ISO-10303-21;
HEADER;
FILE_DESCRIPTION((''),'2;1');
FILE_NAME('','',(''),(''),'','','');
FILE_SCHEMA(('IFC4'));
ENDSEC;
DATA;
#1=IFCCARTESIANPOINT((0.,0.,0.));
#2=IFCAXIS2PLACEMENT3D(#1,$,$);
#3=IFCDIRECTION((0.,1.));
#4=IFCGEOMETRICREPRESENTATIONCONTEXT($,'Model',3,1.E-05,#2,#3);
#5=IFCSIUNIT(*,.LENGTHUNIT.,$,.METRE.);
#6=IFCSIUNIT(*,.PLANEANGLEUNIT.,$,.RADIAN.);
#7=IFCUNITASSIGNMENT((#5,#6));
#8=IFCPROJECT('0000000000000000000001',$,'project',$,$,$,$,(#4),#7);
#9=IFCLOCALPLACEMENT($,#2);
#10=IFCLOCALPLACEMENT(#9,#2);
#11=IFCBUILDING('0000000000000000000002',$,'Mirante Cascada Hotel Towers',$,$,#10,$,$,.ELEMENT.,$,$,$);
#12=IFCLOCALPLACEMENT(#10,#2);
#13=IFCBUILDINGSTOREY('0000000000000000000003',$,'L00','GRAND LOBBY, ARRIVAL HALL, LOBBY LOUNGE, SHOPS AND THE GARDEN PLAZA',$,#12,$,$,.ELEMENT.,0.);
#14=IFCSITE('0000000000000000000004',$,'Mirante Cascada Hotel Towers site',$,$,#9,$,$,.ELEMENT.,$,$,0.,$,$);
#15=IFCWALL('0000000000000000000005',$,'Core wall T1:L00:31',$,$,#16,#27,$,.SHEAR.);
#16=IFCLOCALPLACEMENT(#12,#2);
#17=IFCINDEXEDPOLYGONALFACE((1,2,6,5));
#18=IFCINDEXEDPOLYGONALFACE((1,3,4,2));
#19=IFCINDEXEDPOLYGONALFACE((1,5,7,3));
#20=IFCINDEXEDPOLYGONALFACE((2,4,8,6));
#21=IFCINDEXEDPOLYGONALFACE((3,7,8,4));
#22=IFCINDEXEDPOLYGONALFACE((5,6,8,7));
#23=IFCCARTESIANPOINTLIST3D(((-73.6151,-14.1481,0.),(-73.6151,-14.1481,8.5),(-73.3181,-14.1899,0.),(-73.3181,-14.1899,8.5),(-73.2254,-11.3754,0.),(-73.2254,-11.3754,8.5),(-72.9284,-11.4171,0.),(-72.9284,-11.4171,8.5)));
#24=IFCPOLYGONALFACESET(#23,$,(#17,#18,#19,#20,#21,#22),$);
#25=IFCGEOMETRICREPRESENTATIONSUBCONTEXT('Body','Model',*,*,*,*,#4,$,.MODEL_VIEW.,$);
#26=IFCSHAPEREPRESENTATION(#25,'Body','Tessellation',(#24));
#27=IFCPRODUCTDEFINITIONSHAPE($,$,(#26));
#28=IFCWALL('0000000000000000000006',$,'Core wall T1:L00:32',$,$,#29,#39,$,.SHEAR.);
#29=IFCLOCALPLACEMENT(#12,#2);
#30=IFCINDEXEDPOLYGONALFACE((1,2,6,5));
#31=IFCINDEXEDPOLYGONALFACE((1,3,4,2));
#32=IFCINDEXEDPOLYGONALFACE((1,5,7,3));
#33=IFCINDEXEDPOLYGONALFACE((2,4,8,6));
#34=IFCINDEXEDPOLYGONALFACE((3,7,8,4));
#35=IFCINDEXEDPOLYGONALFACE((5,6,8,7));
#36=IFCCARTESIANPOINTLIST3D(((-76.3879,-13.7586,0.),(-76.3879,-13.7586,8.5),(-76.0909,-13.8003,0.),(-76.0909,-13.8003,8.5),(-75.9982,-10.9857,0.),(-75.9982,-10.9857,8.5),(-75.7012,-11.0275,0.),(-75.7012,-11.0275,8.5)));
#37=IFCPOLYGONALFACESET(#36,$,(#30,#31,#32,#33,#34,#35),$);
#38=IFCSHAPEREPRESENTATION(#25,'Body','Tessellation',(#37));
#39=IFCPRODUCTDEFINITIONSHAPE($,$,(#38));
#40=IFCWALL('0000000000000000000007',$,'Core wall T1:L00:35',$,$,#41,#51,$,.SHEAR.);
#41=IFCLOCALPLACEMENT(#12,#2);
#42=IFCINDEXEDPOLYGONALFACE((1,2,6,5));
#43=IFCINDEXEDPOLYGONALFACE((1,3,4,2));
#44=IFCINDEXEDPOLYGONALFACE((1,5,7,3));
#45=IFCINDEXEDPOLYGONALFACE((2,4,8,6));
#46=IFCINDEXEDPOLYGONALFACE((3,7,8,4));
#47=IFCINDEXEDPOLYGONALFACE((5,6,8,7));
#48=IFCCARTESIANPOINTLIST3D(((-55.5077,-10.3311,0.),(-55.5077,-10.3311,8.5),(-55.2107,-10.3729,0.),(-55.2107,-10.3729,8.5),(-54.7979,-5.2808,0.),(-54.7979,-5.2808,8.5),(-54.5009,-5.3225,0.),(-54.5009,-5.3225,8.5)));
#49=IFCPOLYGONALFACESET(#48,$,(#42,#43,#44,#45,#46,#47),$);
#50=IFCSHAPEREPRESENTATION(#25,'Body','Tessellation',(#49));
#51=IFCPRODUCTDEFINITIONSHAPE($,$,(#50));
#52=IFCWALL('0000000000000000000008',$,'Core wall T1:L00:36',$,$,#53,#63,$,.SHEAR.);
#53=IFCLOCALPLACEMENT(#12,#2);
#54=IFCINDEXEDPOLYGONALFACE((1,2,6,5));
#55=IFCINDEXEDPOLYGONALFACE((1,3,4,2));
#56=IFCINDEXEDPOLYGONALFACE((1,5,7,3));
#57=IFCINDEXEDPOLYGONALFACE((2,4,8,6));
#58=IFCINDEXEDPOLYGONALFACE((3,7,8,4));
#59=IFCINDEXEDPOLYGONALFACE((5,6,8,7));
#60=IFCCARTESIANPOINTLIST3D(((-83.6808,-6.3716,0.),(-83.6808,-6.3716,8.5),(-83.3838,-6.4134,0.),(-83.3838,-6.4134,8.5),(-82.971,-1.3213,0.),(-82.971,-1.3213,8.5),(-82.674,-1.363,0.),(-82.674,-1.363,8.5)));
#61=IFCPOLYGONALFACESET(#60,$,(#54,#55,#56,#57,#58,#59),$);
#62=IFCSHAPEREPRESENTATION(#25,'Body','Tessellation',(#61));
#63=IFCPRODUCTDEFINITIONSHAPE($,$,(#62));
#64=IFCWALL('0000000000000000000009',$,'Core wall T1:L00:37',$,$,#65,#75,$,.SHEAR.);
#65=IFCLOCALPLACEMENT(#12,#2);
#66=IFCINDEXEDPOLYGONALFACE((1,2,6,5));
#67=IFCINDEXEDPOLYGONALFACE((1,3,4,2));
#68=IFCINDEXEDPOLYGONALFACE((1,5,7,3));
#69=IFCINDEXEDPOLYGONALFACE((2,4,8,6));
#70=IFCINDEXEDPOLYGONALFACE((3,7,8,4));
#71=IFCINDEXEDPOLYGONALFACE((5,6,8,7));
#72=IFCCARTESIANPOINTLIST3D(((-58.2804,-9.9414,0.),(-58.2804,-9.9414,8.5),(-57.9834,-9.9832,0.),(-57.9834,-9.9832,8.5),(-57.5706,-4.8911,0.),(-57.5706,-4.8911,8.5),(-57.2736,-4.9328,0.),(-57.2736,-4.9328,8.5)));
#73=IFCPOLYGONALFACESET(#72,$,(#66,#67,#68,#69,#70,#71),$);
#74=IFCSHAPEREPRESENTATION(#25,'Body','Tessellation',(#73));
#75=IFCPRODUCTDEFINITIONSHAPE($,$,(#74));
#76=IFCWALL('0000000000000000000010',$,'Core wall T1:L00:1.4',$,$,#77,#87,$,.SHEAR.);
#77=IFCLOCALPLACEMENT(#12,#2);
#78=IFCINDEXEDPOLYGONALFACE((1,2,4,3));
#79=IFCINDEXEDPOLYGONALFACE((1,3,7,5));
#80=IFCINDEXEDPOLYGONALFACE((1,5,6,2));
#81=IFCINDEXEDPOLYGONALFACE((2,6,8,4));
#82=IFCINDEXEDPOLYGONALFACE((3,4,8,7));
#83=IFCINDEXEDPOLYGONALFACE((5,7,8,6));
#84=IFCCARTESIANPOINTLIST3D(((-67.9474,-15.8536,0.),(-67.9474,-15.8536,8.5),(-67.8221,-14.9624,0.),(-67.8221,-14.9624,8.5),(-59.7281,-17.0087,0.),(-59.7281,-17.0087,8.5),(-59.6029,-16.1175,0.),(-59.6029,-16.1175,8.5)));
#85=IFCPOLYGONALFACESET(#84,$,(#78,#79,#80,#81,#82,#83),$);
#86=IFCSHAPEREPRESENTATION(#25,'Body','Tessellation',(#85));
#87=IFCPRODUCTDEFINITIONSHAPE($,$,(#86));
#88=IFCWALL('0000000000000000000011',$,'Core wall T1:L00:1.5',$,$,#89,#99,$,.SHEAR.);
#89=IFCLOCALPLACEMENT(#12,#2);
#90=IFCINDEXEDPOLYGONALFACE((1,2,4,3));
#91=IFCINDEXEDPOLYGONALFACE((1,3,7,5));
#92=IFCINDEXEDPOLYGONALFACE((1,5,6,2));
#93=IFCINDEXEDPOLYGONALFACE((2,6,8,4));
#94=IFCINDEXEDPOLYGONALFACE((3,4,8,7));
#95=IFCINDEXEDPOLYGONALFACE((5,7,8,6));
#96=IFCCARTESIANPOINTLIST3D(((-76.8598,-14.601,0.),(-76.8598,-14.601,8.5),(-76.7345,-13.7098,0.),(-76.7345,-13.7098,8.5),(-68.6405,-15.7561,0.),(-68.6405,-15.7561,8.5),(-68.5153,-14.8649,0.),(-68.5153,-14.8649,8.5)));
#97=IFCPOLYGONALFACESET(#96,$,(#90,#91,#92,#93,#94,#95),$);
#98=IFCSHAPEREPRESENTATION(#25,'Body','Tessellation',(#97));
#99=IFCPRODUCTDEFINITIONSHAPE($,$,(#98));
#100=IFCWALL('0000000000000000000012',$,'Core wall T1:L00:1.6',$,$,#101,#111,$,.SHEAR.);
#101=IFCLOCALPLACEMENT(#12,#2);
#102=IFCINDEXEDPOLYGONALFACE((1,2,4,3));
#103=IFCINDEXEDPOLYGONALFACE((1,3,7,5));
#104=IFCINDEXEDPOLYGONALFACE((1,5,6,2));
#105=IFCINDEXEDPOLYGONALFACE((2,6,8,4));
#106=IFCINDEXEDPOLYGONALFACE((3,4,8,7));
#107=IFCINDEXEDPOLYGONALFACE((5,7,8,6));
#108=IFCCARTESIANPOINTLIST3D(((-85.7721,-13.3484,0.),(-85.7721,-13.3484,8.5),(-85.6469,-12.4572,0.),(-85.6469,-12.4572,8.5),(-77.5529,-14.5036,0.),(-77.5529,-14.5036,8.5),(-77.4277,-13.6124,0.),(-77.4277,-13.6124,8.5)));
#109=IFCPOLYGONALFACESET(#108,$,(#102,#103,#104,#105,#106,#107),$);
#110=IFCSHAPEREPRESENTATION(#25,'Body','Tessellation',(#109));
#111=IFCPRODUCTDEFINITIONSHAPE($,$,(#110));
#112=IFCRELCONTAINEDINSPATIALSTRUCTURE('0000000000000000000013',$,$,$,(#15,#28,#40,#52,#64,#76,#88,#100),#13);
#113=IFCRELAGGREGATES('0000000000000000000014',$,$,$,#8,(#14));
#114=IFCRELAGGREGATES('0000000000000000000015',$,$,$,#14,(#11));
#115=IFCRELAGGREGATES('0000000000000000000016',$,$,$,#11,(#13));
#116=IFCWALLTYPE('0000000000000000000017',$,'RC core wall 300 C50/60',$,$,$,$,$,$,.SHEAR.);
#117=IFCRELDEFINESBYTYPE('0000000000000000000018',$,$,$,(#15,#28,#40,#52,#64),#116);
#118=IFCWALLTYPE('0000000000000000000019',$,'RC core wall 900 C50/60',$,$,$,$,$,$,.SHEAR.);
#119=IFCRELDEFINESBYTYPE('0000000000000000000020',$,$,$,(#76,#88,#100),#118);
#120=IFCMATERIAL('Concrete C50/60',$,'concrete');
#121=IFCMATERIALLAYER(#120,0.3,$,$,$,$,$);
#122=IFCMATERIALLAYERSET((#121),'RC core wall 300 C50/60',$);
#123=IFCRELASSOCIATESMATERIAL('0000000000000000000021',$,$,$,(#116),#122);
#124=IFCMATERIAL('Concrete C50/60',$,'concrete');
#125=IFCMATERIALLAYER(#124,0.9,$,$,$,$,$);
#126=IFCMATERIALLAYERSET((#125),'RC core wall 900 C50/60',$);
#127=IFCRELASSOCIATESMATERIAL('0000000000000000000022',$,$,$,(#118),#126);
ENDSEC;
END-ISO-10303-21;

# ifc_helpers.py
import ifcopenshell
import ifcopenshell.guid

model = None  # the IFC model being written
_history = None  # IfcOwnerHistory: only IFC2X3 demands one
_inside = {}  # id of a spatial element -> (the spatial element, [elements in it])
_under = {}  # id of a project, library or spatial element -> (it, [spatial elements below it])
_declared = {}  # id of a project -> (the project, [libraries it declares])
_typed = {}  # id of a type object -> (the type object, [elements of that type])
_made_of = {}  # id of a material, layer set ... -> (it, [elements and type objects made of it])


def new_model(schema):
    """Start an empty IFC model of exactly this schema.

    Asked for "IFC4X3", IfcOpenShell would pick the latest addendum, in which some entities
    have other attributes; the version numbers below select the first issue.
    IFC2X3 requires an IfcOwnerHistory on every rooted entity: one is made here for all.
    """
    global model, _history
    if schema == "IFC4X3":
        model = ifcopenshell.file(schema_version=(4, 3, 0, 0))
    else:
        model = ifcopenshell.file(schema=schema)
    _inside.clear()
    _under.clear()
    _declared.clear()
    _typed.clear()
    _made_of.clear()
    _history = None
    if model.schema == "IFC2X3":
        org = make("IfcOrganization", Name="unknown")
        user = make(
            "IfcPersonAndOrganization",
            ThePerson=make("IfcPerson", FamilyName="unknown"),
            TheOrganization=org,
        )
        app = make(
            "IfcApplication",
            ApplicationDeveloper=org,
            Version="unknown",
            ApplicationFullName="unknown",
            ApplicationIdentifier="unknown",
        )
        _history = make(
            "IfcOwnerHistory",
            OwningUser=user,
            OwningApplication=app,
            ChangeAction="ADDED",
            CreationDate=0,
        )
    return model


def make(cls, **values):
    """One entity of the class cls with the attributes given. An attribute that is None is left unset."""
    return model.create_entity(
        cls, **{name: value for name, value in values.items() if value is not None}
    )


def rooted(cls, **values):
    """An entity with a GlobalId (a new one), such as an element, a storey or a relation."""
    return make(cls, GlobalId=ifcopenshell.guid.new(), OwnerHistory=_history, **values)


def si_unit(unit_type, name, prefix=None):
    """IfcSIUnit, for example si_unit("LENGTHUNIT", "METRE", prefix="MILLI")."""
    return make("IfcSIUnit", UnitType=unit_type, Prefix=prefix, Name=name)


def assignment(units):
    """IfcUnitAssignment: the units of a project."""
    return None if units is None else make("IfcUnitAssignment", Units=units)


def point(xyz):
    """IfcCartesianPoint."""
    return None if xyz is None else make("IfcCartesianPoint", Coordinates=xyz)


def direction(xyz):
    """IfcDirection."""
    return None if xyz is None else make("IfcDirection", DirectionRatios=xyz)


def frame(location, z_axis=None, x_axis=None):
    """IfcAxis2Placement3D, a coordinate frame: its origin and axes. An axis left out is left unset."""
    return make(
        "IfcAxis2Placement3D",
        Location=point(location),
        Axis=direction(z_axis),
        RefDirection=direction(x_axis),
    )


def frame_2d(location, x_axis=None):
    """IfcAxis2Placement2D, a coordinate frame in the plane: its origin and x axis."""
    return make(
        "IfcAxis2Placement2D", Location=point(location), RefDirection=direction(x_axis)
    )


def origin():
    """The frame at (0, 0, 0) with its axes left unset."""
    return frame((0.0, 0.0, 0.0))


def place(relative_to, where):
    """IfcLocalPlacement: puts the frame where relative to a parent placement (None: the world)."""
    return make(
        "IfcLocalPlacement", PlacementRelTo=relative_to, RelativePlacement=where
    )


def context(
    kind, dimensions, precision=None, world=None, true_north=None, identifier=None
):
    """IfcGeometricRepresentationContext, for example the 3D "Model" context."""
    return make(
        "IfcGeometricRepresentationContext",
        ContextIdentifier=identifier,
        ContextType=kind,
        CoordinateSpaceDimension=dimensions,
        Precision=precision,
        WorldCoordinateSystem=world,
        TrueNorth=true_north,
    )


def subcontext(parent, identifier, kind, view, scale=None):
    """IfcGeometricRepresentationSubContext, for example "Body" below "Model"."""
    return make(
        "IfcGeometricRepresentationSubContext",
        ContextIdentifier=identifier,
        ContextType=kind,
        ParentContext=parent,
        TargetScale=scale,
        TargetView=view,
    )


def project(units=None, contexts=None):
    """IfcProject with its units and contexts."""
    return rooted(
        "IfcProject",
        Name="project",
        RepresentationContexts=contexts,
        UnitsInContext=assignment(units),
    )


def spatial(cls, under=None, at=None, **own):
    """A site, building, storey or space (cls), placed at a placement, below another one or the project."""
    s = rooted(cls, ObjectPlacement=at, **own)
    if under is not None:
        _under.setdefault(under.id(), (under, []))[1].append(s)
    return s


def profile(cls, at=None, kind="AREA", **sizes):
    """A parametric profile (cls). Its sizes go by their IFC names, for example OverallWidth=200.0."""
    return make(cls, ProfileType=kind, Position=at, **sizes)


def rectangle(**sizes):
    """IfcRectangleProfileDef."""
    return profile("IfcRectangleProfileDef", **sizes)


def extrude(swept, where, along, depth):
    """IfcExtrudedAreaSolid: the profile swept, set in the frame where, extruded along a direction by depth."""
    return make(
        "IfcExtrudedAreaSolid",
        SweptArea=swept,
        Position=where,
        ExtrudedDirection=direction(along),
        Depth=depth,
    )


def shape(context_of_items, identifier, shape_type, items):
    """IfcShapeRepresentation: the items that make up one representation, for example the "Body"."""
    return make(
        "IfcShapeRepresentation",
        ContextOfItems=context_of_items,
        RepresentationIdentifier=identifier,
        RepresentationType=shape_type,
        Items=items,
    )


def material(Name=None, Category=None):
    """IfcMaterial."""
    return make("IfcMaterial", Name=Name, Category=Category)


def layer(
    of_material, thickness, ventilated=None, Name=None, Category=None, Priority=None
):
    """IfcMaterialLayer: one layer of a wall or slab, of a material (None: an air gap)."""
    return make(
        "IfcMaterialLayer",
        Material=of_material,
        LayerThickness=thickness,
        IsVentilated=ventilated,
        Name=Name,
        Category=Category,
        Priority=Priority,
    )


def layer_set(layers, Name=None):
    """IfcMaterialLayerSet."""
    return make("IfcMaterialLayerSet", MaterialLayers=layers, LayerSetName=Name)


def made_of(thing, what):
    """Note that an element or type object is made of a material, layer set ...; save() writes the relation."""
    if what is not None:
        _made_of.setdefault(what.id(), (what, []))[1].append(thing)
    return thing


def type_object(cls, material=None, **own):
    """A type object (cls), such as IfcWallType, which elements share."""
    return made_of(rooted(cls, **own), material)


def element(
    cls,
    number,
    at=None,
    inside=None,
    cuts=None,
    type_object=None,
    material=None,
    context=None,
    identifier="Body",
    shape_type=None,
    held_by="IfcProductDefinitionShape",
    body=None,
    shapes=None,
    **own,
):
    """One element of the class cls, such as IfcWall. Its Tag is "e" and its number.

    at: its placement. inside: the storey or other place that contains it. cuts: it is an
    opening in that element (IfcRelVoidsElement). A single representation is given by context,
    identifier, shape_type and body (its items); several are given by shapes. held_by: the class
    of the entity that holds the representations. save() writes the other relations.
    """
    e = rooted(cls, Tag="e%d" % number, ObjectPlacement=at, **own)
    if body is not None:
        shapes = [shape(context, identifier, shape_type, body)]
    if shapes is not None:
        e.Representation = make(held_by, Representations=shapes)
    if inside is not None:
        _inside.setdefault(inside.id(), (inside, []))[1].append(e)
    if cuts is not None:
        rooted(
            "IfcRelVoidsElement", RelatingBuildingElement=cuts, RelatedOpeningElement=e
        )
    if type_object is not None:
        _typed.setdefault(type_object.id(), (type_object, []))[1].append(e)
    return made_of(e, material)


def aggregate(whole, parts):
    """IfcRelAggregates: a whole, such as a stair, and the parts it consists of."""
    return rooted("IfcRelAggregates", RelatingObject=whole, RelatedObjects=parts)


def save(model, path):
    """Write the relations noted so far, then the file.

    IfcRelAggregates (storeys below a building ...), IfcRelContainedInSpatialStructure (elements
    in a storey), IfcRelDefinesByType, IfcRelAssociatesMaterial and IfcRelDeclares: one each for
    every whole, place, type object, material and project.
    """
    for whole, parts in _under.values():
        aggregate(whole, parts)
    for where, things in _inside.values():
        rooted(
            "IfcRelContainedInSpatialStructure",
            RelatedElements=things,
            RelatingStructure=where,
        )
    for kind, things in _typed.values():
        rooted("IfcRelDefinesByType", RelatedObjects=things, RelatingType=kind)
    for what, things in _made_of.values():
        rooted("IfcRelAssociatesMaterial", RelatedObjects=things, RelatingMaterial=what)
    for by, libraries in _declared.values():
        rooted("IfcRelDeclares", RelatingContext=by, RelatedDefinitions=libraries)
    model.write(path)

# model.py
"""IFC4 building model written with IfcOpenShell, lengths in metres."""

from ifc_helpers import new_model, si_unit, direction, frame, frame_2d, origin, place, context, subcontext, project, spatial, rectangle, extrude, material, layer, layer_set, type_object, element, save


model = new_model("IFC4")

# Units and contexts
model_context = context("Model", 3, precision=1e-05, world=origin(), true_north=direction((0.0, 1.0)))
body_context = subcontext(model_context, "Body", "Model", "MODEL_VIEW")
ifc_project = project(units=[si_unit("LENGTHUNIT", "METRE"), si_unit("PLANEANGLEUNIT", "RADIAN")], contexts=[model_context])

# Site, building, storey
site_placement = place(None, origin())
site = spatial("IfcSite", under=ifc_project, at=site_placement, Name="Mirante Cascada Hotel Towers site", CompositionType="ELEMENT", RefElevation=0.0)
building_placement = place(site_placement, origin())
building = spatial("IfcBuilding", under=site, at=building_placement, Name="Mirante Cascada Hotel Towers", CompositionType="ELEMENT")
storey_placement = place(building_placement, origin())
storey = spatial("IfcBuildingStorey", under=building, at=storey_placement, Name="L00", Description="GRAND LOBBY, ARRIVAL HALL, LOBBY LOUNGE, SHOPS AND THE GARDEN PLAZA", CompositionType="ELEMENT", Elevation=0.0)

# Walls
ifc_material_1 = material(Name="Concrete C50/60", Category="concrete")
ifc_layer_1 = layer(ifc_material_1, 0.3)
ifc_layer_set_1 = layer_set([ifc_layer_1], Name="RC core wall 300 C50/60")
wall_type_1 = type_object("IfcWallType", Name="RC core wall 300 C50/60", PredefinedType="SHEAR", material=ifc_layer_set_1)
for number, where, z_axis, x_axis, name in (
    (1, (-73.4666, -14.169, 0.0), (0.0, 0.0, 1.0), (0.139181, 0.990267, 0.0), "Core wall T1:L00:31"),
):
    element("IfcWall", number, at=place(storey_placement, frame(where, z_axis=z_axis, x_axis=x_axis)), inside=storey, type_object=wall_type_1, Name=name, PredefinedType="SHEAR", context=body_context, shape_type="SweptSolid", body=[
        extrude(rectangle(XDim=2.8, YDim=0.3, at=frame_2d((1.4, 0.0))), origin(), (0.0, 0.0, 1.0), 8.5),
    ])
wall_1_placement = place(storey_placement, frame((-76.2394, -13.7794, 0.0), z_axis=(0.0, 0.0, 1.0), x_axis=(0.139176, 0.990268, 0.0)))
element("IfcWall", 2, at=wall_1_placement, inside=storey, type_object=wall_type_1, Name="Core wall T1:L00:32", PredefinedType="SHEAR", context=body_context, shape_type="SweptSolid", body=[
    extrude(rectangle(XDim=2.8001, YDim=0.3, at=frame_2d((1.4, 0.0))), origin(), (0.0, 0.0, 1.0), 8.5),
])
for number, where, z_axis, x_axis, name in (
    (3, (-55.3592, -10.352, 0.0), (0.0, 0.0, 1.0), (0.139176, 0.990268, 0.0), "Core wall T1:L00:35"),
    (4, (-83.5323, -6.3925, 0.0), (0.0, 0.0, 1.0), (0.139176, 0.990268, 0.0), "Core wall T1:L00:36"),
    (5, (-58.1319, -9.9623, 0.0), (0.0, 0.0, 1.0), (0.139176, 0.990268, 0.0), "Core wall T1:L00:37"),
):
    element("IfcWall", number, at=place(storey_placement, frame(where, z_axis=z_axis, x_axis=x_axis)), inside=storey, type_object=wall_type_1, Name=name, PredefinedType="SHEAR", context=body_context, shape_type="SweptSolid", body=[
        extrude(rectangle(XDim=5.1, YDim=0.3, at=frame_2d((2.55, 0.0))), origin(), (0.0, 0.0, 1.0), 8.5),
    ])
ifc_material_2 = material(Name="Concrete C50/60", Category="concrete")
ifc_layer_2 = layer(ifc_material_2, 0.9)
ifc_layer_set_2 = layer_set([ifc_layer_2], Name="RC core wall 900 C50/60")
wall_type_2 = type_object("IfcWallType", Name="RC core wall 900 C50/60", PredefinedType="SHEAR", material=ifc_layer_set_2)
for number, where, z_axis, x_axis, name in (
    (6, (-59.6655, -16.5631, 0.0), (0.0, 0.0, 1.0), (-0.990269, 0.139169, 0.0), "Core wall T1:L00:1.4"),
    (7, (-68.5779, -15.3105, 0.0), (0.0, 0.0, 1.0), (-0.990269, 0.139169, 0.0), "Core wall T1:L00:1.5"),
    (8, (-77.4903, -14.058, 0.0), (0.0, 0.0, 1.0), (-0.990267, 0.139181, 0.0), "Core wall T1:L00:1.6"),
):
    element("IfcWall", number, at=place(storey_placement, frame(where, z_axis=z_axis, x_axis=x_axis)), inside=storey, type_object=wall_type_2, Name=name, PredefinedType="SHEAR", context=body_context, shape_type="SweptSolid", body=[
        extrude(rectangle(XDim=8.3, YDim=0.9, at=frame_2d((4.15, 0.0))), origin(), (0.0, 0.0, 1.0), 8.5),
    ])

save(model, "model.ifc")
